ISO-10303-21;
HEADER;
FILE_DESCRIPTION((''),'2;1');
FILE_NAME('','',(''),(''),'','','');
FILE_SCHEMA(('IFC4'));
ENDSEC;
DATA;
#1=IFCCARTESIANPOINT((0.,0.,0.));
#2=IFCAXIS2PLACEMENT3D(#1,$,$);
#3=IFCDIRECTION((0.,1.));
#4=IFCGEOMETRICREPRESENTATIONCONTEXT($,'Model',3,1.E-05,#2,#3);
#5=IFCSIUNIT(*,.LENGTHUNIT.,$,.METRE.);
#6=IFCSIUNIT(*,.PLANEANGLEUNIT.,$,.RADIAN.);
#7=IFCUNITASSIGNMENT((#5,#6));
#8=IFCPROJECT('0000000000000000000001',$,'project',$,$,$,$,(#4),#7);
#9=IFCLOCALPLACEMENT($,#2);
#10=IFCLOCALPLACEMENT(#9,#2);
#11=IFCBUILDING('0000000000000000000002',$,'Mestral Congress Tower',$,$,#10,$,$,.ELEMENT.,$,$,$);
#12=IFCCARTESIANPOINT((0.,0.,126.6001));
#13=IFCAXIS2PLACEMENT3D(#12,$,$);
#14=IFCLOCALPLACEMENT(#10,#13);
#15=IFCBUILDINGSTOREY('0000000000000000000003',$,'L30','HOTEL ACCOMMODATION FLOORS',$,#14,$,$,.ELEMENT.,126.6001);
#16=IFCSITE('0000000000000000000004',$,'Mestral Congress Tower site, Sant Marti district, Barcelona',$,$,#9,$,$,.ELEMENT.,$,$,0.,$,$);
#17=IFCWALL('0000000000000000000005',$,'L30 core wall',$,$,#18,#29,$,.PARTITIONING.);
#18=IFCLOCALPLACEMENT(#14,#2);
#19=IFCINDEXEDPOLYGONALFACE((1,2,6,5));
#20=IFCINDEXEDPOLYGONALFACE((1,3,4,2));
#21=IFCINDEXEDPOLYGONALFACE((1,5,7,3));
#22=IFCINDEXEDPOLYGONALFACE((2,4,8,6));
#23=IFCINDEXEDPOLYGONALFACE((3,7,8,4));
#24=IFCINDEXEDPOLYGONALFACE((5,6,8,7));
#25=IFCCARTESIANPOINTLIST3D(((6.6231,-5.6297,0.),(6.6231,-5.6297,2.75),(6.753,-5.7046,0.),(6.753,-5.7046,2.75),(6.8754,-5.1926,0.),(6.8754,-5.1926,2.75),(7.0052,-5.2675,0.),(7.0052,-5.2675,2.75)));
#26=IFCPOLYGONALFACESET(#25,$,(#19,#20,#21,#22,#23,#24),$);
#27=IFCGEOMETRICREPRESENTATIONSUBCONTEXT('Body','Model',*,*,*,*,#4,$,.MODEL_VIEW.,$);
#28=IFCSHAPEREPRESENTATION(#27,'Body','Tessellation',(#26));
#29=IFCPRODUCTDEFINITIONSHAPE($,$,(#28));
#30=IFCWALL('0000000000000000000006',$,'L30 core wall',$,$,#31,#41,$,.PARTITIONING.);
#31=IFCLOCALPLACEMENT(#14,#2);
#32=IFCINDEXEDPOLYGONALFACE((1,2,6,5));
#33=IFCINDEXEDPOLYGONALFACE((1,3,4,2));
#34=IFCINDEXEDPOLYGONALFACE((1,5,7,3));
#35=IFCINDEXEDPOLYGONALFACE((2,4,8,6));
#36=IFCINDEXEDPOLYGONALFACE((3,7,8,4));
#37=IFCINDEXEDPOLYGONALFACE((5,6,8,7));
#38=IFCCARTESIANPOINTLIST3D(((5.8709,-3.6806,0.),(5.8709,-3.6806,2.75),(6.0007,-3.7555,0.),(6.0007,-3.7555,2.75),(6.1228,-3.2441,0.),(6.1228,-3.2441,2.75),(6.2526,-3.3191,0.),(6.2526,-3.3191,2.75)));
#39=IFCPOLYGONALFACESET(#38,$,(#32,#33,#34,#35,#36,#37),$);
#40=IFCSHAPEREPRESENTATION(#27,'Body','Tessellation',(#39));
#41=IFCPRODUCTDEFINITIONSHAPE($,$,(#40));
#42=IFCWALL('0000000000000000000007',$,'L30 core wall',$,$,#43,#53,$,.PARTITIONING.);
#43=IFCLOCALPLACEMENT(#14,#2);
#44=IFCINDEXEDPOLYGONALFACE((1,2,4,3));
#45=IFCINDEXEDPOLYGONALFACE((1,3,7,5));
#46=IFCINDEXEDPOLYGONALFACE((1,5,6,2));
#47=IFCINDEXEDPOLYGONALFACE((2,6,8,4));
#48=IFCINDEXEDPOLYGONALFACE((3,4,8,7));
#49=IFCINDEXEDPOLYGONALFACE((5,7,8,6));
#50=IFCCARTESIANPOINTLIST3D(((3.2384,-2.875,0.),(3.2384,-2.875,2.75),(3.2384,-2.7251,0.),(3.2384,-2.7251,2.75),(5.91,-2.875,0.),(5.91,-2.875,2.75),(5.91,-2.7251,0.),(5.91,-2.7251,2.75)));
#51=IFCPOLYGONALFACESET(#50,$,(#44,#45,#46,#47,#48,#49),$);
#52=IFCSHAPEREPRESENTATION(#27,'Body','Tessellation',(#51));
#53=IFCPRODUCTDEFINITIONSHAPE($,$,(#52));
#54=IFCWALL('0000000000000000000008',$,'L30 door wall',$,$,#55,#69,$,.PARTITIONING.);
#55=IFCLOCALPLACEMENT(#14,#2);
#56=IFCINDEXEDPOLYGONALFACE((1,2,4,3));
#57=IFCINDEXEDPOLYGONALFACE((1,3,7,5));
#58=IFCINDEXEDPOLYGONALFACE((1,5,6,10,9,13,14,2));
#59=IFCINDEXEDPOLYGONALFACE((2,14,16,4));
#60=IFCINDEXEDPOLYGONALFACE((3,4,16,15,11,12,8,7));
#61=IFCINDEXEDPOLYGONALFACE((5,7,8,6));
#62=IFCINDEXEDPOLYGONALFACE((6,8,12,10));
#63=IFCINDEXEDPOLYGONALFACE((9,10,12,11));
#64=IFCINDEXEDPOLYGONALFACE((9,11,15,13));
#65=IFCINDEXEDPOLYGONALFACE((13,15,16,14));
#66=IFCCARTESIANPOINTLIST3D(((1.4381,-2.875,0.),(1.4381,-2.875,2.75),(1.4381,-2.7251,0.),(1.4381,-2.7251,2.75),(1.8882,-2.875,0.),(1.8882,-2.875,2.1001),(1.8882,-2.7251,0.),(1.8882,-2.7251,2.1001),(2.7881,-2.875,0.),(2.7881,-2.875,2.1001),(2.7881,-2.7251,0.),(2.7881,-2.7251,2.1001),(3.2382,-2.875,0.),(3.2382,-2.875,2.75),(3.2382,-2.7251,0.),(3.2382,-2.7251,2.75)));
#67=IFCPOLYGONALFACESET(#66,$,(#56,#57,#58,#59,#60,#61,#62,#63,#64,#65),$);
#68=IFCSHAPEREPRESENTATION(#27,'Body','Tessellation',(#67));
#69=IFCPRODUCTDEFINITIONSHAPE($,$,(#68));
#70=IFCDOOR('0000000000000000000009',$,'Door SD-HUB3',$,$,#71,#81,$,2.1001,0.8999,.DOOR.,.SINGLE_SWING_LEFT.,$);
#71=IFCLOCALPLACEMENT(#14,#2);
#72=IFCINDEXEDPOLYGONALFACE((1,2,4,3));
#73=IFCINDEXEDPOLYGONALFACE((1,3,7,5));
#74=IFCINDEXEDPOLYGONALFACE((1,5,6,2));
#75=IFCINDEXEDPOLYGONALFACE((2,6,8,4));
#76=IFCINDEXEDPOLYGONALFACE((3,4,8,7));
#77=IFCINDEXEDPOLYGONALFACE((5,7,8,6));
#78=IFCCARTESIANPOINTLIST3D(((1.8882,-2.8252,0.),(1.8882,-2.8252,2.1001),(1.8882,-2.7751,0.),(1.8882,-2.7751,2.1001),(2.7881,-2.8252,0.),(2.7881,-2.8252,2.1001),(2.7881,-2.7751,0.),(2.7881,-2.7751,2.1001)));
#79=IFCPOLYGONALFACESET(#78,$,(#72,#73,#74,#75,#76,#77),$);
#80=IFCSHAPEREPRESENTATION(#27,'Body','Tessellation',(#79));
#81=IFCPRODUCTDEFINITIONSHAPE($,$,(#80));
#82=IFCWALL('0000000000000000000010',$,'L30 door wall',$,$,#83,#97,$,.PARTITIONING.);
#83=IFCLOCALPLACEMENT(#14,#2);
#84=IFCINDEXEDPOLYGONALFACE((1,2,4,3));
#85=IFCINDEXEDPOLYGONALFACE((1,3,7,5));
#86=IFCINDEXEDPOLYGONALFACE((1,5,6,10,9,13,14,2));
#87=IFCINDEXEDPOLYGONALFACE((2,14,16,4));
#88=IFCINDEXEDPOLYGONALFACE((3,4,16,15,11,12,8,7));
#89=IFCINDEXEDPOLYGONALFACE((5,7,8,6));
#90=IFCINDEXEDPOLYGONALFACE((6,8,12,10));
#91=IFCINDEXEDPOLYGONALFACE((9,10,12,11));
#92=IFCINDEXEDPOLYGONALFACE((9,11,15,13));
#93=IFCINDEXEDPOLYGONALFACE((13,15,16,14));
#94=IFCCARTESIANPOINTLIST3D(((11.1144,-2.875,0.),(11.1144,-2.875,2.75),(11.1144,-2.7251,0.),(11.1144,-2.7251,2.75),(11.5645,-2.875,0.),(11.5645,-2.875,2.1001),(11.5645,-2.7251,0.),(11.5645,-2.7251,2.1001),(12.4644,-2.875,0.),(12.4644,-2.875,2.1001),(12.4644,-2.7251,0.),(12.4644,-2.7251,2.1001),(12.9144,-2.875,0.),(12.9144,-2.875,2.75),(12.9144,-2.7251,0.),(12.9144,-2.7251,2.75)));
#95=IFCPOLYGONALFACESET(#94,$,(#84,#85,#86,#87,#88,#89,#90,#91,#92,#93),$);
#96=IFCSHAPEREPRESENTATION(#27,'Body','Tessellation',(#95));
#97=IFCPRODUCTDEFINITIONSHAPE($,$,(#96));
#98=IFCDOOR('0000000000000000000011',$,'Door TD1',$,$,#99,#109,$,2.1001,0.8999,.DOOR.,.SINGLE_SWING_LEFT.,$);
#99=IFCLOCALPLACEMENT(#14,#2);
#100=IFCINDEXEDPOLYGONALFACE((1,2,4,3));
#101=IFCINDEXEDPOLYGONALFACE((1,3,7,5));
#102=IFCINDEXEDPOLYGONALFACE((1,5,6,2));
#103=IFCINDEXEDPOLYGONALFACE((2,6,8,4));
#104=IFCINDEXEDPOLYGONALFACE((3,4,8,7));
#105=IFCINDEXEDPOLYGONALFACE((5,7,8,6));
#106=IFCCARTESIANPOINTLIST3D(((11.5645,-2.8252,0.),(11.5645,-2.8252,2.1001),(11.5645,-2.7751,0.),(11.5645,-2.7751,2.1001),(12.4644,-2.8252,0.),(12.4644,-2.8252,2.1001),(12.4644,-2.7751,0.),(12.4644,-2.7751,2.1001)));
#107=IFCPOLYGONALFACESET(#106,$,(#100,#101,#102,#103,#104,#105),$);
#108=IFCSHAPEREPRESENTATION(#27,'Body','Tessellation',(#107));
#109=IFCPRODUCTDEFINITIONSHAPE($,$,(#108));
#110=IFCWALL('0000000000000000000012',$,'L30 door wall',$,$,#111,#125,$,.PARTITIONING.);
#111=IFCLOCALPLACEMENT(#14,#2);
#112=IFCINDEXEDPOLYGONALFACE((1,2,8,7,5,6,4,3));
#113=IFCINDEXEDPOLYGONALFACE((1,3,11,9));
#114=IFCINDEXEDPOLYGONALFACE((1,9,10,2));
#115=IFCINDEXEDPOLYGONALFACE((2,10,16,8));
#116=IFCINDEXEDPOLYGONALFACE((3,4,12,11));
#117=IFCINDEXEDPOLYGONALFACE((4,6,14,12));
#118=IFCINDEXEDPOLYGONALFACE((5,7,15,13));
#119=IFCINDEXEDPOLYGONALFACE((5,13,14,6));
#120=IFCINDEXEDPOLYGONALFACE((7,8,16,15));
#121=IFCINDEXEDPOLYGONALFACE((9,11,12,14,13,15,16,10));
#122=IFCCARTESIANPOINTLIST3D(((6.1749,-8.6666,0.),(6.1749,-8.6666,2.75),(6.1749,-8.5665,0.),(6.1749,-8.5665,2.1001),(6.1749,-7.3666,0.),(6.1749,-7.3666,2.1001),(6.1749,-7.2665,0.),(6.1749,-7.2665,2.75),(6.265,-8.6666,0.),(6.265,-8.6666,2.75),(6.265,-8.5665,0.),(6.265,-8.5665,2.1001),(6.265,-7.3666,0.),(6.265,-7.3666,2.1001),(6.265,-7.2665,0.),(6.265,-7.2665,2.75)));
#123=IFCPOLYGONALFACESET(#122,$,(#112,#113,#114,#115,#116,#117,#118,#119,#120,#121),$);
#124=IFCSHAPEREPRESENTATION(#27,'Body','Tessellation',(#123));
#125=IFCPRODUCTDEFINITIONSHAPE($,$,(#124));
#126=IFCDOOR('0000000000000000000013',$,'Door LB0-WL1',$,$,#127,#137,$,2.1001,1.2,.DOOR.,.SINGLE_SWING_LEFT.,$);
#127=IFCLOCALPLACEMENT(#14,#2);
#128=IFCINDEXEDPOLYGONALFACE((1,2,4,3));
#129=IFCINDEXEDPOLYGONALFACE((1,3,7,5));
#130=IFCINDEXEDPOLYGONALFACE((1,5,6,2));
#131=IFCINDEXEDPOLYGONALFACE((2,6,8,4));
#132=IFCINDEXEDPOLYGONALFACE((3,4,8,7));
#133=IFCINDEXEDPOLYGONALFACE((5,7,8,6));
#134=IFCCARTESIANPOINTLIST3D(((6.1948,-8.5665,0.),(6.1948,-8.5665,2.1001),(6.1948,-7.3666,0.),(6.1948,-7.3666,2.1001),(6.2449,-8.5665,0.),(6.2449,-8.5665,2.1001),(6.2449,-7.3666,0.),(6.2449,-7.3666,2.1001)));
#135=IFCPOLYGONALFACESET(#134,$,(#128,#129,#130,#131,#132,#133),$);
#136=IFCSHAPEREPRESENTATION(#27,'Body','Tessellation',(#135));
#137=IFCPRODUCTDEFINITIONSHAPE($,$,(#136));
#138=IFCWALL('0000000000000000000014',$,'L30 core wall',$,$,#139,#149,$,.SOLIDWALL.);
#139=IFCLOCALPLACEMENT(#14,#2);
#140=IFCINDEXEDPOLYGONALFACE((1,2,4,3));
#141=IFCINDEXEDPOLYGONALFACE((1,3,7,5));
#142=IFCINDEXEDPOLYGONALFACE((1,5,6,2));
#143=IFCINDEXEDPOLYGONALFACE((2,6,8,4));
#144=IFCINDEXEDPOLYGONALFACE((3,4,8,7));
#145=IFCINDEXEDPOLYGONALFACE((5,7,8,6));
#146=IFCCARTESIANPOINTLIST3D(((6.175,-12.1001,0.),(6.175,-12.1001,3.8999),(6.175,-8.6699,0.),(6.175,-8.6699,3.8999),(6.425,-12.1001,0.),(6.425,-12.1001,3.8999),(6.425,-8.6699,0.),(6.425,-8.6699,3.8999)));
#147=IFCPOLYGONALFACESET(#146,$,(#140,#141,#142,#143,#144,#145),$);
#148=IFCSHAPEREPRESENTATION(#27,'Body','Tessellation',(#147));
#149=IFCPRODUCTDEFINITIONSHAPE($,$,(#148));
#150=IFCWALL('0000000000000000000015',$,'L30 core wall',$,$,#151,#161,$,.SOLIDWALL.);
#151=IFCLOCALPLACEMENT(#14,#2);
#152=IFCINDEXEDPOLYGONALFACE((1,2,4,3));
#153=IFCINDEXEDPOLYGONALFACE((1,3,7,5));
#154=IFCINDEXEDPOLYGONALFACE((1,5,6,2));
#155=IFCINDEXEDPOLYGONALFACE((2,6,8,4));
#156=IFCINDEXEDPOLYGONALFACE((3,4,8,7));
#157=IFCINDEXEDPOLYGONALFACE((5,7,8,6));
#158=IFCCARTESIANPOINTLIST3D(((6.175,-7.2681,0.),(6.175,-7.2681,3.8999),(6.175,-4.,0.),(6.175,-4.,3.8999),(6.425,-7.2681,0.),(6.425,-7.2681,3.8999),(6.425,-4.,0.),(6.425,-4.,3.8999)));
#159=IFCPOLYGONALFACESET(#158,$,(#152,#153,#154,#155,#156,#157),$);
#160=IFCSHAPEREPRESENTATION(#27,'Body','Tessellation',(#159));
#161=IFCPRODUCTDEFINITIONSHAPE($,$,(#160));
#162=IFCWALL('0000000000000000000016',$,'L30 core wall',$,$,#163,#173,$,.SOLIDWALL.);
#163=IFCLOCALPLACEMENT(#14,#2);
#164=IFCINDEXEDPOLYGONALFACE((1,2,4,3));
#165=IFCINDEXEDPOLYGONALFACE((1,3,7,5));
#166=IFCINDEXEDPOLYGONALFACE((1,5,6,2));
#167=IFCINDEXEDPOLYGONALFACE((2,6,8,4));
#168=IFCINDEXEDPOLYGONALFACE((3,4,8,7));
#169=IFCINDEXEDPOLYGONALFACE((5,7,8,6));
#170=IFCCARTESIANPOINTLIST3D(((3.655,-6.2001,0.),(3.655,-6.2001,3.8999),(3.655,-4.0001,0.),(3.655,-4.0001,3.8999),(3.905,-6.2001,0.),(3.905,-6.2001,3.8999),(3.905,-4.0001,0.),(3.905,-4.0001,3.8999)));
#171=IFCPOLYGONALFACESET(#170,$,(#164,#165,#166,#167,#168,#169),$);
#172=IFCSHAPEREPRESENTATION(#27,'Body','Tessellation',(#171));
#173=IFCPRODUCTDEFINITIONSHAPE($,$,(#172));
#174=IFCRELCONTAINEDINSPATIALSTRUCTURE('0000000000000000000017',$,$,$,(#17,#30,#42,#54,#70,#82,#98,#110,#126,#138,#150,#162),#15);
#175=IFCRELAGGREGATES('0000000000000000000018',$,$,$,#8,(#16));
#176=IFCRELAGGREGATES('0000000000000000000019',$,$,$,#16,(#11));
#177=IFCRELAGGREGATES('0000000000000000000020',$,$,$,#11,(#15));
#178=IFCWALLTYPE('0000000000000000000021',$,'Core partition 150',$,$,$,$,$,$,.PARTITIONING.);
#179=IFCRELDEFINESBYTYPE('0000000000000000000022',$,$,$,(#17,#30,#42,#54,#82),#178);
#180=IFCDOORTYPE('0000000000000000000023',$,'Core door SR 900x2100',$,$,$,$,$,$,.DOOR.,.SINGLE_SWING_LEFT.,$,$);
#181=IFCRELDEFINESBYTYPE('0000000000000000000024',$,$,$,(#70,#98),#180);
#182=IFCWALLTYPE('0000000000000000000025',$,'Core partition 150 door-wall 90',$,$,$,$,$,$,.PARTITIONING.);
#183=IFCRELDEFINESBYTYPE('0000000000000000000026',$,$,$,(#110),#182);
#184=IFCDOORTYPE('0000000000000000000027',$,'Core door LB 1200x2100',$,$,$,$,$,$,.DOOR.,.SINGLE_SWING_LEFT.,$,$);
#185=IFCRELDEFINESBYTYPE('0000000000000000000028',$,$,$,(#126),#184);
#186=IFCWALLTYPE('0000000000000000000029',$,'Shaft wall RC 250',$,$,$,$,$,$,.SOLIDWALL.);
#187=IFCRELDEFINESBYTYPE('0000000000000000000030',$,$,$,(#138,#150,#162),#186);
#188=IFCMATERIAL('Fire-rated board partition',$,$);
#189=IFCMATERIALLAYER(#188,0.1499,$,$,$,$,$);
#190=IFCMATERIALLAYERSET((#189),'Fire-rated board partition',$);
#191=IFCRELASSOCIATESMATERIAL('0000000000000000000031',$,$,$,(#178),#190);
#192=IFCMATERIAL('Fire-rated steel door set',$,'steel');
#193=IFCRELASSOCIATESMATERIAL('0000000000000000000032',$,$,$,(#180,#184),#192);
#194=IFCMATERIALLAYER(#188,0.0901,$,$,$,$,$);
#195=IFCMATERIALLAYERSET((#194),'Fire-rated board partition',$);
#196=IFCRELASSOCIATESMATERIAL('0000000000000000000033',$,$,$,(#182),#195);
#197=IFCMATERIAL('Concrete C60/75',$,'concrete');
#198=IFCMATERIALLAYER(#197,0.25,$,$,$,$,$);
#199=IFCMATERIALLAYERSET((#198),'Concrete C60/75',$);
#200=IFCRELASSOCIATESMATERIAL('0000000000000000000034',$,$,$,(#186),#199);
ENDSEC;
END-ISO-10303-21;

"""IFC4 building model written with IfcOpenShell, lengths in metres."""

from ifc_helpers import new_model, si_unit, direction, frame, frame_2d, origin, place, context, subcontext, project, spatial, rectangle, extrude, material, layer, layer_set, type_object, element, fill, save


model = new_model("IFC4")

# Units and contexts
model_context = context("Model", 3, precision=1e-05, world=origin(), true_north=direction((0.0, 1.0)))
body_context = subcontext(model_context, "Body", "Model", "MODEL_VIEW")
ifc_project = project(units=[si_unit("LENGTHUNIT", "METRE"), si_unit("PLANEANGLEUNIT", "RADIAN")], contexts=[model_context])

# Site, building, storey
site_placement = place(None, origin())
site = spatial("IfcSite", under=ifc_project, at=site_placement, Name="Mestral Congress Tower site, Sant Marti district, Barcelona", CompositionType="ELEMENT", RefElevation=0.0)
building_placement = place(site_placement, origin())
building = spatial("IfcBuilding", under=site, at=building_placement, Name="Mestral Congress Tower", CompositionType="ELEMENT")
storey_placement = place(building_placement, frame((0.0, 0.0, 126.6001)))
storey = spatial("IfcBuildingStorey", under=building, at=storey_placement, Name="L30", Description="HOTEL ACCOMMODATION FLOORS", CompositionType="ELEMENT", Elevation=126.6001)

# Walls
ifc_material_1 = material(Name="Fire-rated board partition")
ifc_layer_1 = layer(ifc_material_1, 0.1499)
ifc_layer_set_1 = layer_set([ifc_layer_1], Name="Fire-rated board partition")
wall_type_1 = type_object("IfcWallType", Name="Core partition 150", PredefinedType="PARTITIONING", material=ifc_layer_set_1)
wall_1_placement = place(storey_placement, frame((6.688, -5.6672, 0.0), z_axis=(0.0, 0.0, 1.0), x_axis=(0.499834, 0.866121, 0.0)))
element("IfcWall", 1, at=wall_1_placement, inside=storey, type_object=wall_type_1, Name="L30 core wall", PredefinedType="PARTITIONING", context=body_context, shape_type="SweptSolid", body=[
    extrude(rectangle(XDim=0.5046, YDim=0.1499, at=frame_2d((0.2524, 0.0))), origin(), (0.0, 0.0, 1.0), 2.75),
])
wall_2_placement = place(storey_placement, frame((5.9358, -3.718, 0.0), z_axis=(0.0, 0.0, 1.0), x_axis=(0.49989, 0.866089, 0.0)))
element("IfcWall", 2, at=wall_2_placement, inside=storey, type_object=wall_type_1, Name="L30 core wall", PredefinedType="PARTITIONING", context=body_context, shape_type="SweptSolid", body=[
    extrude(rectangle(XDim=0.5039, YDim=0.1499, at=frame_2d((0.252, 0.0))), origin(), (0.0, 0.0, 1.0), 2.75),
])
wall_3_placement = place(storey_placement, frame((3.2383, -2.8, 0.0), z_axis=(0.0, 0.0, 1.0), x_axis=(1.0, 0.0, 0.0)))
element("IfcWall", 3, at=wall_3_placement, inside=storey, type_object=wall_type_1, Name="L30 core wall", PredefinedType="PARTITIONING", context=body_context, shape_type="SweptSolid", body=[
    extrude(rectangle(XDim=2.6716, YDim=0.1499, at=frame_2d((1.3359, 0.0))), origin(), (0.0, 0.0, 1.0), 2.75),
])

# Walls, openings, doors
wall_4_placement = place(storey_placement, frame((1.4382, -2.8, 0.0), z_axis=(0.0, 0.0, 1.0), x_axis=(1.0, 0.0, 0.0)))
wall_4 = element("IfcWall", 4, at=wall_4_placement, inside=storey, type_object=wall_type_1, Name="L30 door wall", PredefinedType="PARTITIONING", context=body_context, shape_type="SweptSolid", body=[
    extrude(rectangle(XDim=1.8, YDim=0.1499, at=frame_2d((0.8999, 0.0))), origin(), (0.0, 0.0, 1.0), 2.75),
])
opening_1_placement = place(wall_4_placement, frame((0.45, 0.0, 0.0)))
opening_1 = element("IfcOpeningElement", 5, at=opening_1_placement, cuts=wall_4, PredefinedType="OPENING", context=body_context, shape_type="SweptSolid", body=[
    extrude(rectangle(XDim=0.8999, YDim=2.1001, at=frame_2d((0.45, 1.05))), frame((0.0, 0.085, 0.0), z_axis=(0.0, -1.0, 0.0), x_axis=(1.0, 0.0, 0.0)), (0.0, 0.0, 1.0), 0.1699),
])
ifc_material_2 = material(Name="Fire-rated steel door set", Category="steel")
door_type_1 = type_object("IfcDoorType", Name="Core door SR 900x2100", OperationType="SINGLE_SWING_LEFT", PredefinedType="DOOR", material=ifc_material_2)
door_1_placement = place(opening_1_placement, origin())
door_1 = element("IfcDoor", 6, at=door_1_placement, inside=storey, type_object=door_type_1, Name="Door SD-HUB3", OperationType="SINGLE_SWING_LEFT", OverallHeight=2.1001, OverallWidth=0.8999, PredefinedType="DOOR", context=body_context, shape_type="SweptSolid", body=[
    extrude(rectangle(XDim=0.8999, YDim=2.1001, at=frame_2d((0.45, 1.05))), frame((0.0, 0.0249, 0.0), z_axis=(0.0, -1.0, 0.0), x_axis=(1.0, 0.0, 0.0)), (0.0, 0.0, 1.0), 0.05),
])
fill(opening_1, door_1)
wall_5_placement = place(storey_placement, frame((11.1145, -2.8, 0.0), z_axis=(0.0, 0.0, 1.0), x_axis=(1.0, 0.0, 0.0)))
wall_5 = element("IfcWall", 7, at=wall_5_placement, inside=storey, type_object=wall_type_1, Name="L30 door wall", PredefinedType="PARTITIONING", context=body_context, shape_type="SweptSolid", body=[
    extrude(rectangle(XDim=1.8, YDim=0.1499, at=frame_2d((0.8999, 0.0))), origin(), (0.0, 0.0, 1.0), 2.75),
])
opening_2_placement = place(wall_5_placement, frame((0.45, 0.0, 0.0)))
opening_2 = element("IfcOpeningElement", 8, at=opening_2_placement, cuts=wall_5, PredefinedType="OPENING", context=body_context, shape_type="SweptSolid", body=[
    extrude(rectangle(XDim=0.8999, YDim=2.1001, at=frame_2d((0.45, 1.05))), frame((0.0, 0.085, 0.0), z_axis=(0.0, -1.0, 0.0), x_axis=(1.0, 0.0, 0.0)), (0.0, 0.0, 1.0), 0.1699),
])
door_2_placement = place(opening_2_placement, origin())
door_2 = element("IfcDoor", 9, at=door_2_placement, inside=storey, type_object=door_type_1, Name="Door TD1", OperationType="SINGLE_SWING_LEFT", OverallHeight=2.1001, OverallWidth=0.8999, PredefinedType="DOOR", context=body_context, shape_type="SweptSolid", body=[
    extrude(rectangle(XDim=0.8999, YDim=2.1001, at=frame_2d((0.45, 1.05))), frame((0.0, 0.0249, 0.0), z_axis=(0.0, -1.0, 0.0), x_axis=(1.0, 0.0, 0.0)), (0.0, 0.0, 1.0), 0.05),
])
fill(opening_2, door_2)
ifc_layer_2 = layer(ifc_material_1, 0.0901)
ifc_layer_set_2 = layer_set([ifc_layer_2], Name="Fire-rated board partition")
wall_type_2 = type_object("IfcWallType", Name="Core partition 150 door-wall 90", PredefinedType="PARTITIONING", material=ifc_layer_set_2)
wall_6_placement = place(storey_placement, frame((6.22, -7.2664, 0.0), z_axis=(0.0, 0.0, 1.0), x_axis=(0.0, -1.0, 0.0)))
wall_6 = element("IfcWall", 10, at=wall_6_placement, inside=storey, type_object=wall_type_2, Name="L30 door wall", PredefinedType="PARTITIONING", context=body_context, shape_type="SweptSolid", body=[
    extrude(rectangle(XDim=1.4001, YDim=0.0901, at=frame_2d((0.7002, 0.0))), origin(), (0.0, 0.0, 1.0), 2.75),
])
opening_3_placement = place(wall_6_placement, frame((0.1001, 0.0, 0.0)))
opening_3 = element("IfcOpeningElement", 11, at=opening_3_placement, cuts=wall_6, PredefinedType="OPENING", context=body_context, shape_type="SweptSolid", body=[
    extrude(rectangle(XDim=1.2, YDim=2.1001, at=frame_2d((0.6001, 1.05))), frame((0.0, 0.0549, 0.0), z_axis=(0.0, -1.0, 0.0), x_axis=(1.0, 0.0, 0.0)), (0.0, 0.0, 1.0), 0.1101),
])
door_type_2 = type_object("IfcDoorType", Name="Core door LB 1200x2100", OperationType="SINGLE_SWING_LEFT", PredefinedType="DOOR", material=ifc_material_2)
door_3_placement = place(opening_3_placement, origin())
door_3 = element("IfcDoor", 12, at=door_3_placement, inside=storey, type_object=door_type_2, Name="Door LB0-WL1", OperationType="SINGLE_SWING_LEFT", OverallHeight=2.1001, OverallWidth=1.2, PredefinedType="DOOR", context=body_context, shape_type="SweptSolid", body=[
    extrude(rectangle(XDim=1.2, YDim=2.1001, at=frame_2d((0.6001, 1.05))), frame((0.0, 0.0249, 0.0), z_axis=(0.0, -1.0, 0.0), x_axis=(1.0, 0.0, 0.0)), (0.0, 0.0, 1.0), 0.05),
])
fill(opening_3, door_3)

# Walls
ifc_material_3 = material(Name="Concrete C60/75", Category="concrete")
ifc_layer_3 = layer(ifc_material_3, 0.25)
ifc_layer_set_3 = layer_set([ifc_layer_3], Name="Concrete C60/75")
wall_type_3 = type_object("IfcWallType", Name="Shaft wall RC 250", PredefinedType="SOLIDWALL", material=ifc_layer_set_3)
wall_7_placement = place(storey_placement, frame((6.3, -8.6699, 0.0), z_axis=(0.0, 0.0, 1.0), x_axis=(0.0, -1.0, 0.0)))
element("IfcWall", 13, at=wall_7_placement, inside=storey, type_object=wall_type_3, Name="L30 core wall", PredefinedType="SOLIDWALL", context=body_context, shape_type="SweptSolid", body=[
    extrude(rectangle(XDim=3.4302, YDim=0.25, at=frame_2d((1.7151, 0.0))), origin(), (0.0, 0.0, 1.0), 3.8999),
])
wall_8_placement = place(storey_placement, frame((6.3, -7.2681, 0.0), z_axis=(0.0, 0.0, 1.0), x_axis=(0.0, 1.0, 0.0)))
element("IfcWall", 14, at=wall_8_placement, inside=storey, type_object=wall_type_3, Name="L30 core wall", PredefinedType="SOLIDWALL", context=body_context, shape_type="SweptSolid", body=[
    extrude(rectangle(XDim=3.2681, YDim=0.25, at=frame_2d((1.634, 0.0))), origin(), (0.0, 0.0, 1.0), 3.8999),
])
for number, where, z_axis, x_axis, name in (
    (15, (3.78, -4.0, 0.0), (0.0, 0.0, 1.0), (0.0, -1.0, 0.0), "L30 core wall"),
):
    element("IfcWall", number, at=place(storey_placement, frame(where, z_axis=z_axis, x_axis=x_axis)), inside=storey, type_object=wall_type_3, Name=name, PredefinedType="SOLIDWALL", context=body_context, shape_type="SweptSolid", body=[
        extrude(rectangle(XDim=2.2, YDim=0.25, at=frame_2d((1.1001, 0.0))), origin(), (0.0, 0.0, 1.0), 3.8999),
    ])

save(model, "model.ifc")
